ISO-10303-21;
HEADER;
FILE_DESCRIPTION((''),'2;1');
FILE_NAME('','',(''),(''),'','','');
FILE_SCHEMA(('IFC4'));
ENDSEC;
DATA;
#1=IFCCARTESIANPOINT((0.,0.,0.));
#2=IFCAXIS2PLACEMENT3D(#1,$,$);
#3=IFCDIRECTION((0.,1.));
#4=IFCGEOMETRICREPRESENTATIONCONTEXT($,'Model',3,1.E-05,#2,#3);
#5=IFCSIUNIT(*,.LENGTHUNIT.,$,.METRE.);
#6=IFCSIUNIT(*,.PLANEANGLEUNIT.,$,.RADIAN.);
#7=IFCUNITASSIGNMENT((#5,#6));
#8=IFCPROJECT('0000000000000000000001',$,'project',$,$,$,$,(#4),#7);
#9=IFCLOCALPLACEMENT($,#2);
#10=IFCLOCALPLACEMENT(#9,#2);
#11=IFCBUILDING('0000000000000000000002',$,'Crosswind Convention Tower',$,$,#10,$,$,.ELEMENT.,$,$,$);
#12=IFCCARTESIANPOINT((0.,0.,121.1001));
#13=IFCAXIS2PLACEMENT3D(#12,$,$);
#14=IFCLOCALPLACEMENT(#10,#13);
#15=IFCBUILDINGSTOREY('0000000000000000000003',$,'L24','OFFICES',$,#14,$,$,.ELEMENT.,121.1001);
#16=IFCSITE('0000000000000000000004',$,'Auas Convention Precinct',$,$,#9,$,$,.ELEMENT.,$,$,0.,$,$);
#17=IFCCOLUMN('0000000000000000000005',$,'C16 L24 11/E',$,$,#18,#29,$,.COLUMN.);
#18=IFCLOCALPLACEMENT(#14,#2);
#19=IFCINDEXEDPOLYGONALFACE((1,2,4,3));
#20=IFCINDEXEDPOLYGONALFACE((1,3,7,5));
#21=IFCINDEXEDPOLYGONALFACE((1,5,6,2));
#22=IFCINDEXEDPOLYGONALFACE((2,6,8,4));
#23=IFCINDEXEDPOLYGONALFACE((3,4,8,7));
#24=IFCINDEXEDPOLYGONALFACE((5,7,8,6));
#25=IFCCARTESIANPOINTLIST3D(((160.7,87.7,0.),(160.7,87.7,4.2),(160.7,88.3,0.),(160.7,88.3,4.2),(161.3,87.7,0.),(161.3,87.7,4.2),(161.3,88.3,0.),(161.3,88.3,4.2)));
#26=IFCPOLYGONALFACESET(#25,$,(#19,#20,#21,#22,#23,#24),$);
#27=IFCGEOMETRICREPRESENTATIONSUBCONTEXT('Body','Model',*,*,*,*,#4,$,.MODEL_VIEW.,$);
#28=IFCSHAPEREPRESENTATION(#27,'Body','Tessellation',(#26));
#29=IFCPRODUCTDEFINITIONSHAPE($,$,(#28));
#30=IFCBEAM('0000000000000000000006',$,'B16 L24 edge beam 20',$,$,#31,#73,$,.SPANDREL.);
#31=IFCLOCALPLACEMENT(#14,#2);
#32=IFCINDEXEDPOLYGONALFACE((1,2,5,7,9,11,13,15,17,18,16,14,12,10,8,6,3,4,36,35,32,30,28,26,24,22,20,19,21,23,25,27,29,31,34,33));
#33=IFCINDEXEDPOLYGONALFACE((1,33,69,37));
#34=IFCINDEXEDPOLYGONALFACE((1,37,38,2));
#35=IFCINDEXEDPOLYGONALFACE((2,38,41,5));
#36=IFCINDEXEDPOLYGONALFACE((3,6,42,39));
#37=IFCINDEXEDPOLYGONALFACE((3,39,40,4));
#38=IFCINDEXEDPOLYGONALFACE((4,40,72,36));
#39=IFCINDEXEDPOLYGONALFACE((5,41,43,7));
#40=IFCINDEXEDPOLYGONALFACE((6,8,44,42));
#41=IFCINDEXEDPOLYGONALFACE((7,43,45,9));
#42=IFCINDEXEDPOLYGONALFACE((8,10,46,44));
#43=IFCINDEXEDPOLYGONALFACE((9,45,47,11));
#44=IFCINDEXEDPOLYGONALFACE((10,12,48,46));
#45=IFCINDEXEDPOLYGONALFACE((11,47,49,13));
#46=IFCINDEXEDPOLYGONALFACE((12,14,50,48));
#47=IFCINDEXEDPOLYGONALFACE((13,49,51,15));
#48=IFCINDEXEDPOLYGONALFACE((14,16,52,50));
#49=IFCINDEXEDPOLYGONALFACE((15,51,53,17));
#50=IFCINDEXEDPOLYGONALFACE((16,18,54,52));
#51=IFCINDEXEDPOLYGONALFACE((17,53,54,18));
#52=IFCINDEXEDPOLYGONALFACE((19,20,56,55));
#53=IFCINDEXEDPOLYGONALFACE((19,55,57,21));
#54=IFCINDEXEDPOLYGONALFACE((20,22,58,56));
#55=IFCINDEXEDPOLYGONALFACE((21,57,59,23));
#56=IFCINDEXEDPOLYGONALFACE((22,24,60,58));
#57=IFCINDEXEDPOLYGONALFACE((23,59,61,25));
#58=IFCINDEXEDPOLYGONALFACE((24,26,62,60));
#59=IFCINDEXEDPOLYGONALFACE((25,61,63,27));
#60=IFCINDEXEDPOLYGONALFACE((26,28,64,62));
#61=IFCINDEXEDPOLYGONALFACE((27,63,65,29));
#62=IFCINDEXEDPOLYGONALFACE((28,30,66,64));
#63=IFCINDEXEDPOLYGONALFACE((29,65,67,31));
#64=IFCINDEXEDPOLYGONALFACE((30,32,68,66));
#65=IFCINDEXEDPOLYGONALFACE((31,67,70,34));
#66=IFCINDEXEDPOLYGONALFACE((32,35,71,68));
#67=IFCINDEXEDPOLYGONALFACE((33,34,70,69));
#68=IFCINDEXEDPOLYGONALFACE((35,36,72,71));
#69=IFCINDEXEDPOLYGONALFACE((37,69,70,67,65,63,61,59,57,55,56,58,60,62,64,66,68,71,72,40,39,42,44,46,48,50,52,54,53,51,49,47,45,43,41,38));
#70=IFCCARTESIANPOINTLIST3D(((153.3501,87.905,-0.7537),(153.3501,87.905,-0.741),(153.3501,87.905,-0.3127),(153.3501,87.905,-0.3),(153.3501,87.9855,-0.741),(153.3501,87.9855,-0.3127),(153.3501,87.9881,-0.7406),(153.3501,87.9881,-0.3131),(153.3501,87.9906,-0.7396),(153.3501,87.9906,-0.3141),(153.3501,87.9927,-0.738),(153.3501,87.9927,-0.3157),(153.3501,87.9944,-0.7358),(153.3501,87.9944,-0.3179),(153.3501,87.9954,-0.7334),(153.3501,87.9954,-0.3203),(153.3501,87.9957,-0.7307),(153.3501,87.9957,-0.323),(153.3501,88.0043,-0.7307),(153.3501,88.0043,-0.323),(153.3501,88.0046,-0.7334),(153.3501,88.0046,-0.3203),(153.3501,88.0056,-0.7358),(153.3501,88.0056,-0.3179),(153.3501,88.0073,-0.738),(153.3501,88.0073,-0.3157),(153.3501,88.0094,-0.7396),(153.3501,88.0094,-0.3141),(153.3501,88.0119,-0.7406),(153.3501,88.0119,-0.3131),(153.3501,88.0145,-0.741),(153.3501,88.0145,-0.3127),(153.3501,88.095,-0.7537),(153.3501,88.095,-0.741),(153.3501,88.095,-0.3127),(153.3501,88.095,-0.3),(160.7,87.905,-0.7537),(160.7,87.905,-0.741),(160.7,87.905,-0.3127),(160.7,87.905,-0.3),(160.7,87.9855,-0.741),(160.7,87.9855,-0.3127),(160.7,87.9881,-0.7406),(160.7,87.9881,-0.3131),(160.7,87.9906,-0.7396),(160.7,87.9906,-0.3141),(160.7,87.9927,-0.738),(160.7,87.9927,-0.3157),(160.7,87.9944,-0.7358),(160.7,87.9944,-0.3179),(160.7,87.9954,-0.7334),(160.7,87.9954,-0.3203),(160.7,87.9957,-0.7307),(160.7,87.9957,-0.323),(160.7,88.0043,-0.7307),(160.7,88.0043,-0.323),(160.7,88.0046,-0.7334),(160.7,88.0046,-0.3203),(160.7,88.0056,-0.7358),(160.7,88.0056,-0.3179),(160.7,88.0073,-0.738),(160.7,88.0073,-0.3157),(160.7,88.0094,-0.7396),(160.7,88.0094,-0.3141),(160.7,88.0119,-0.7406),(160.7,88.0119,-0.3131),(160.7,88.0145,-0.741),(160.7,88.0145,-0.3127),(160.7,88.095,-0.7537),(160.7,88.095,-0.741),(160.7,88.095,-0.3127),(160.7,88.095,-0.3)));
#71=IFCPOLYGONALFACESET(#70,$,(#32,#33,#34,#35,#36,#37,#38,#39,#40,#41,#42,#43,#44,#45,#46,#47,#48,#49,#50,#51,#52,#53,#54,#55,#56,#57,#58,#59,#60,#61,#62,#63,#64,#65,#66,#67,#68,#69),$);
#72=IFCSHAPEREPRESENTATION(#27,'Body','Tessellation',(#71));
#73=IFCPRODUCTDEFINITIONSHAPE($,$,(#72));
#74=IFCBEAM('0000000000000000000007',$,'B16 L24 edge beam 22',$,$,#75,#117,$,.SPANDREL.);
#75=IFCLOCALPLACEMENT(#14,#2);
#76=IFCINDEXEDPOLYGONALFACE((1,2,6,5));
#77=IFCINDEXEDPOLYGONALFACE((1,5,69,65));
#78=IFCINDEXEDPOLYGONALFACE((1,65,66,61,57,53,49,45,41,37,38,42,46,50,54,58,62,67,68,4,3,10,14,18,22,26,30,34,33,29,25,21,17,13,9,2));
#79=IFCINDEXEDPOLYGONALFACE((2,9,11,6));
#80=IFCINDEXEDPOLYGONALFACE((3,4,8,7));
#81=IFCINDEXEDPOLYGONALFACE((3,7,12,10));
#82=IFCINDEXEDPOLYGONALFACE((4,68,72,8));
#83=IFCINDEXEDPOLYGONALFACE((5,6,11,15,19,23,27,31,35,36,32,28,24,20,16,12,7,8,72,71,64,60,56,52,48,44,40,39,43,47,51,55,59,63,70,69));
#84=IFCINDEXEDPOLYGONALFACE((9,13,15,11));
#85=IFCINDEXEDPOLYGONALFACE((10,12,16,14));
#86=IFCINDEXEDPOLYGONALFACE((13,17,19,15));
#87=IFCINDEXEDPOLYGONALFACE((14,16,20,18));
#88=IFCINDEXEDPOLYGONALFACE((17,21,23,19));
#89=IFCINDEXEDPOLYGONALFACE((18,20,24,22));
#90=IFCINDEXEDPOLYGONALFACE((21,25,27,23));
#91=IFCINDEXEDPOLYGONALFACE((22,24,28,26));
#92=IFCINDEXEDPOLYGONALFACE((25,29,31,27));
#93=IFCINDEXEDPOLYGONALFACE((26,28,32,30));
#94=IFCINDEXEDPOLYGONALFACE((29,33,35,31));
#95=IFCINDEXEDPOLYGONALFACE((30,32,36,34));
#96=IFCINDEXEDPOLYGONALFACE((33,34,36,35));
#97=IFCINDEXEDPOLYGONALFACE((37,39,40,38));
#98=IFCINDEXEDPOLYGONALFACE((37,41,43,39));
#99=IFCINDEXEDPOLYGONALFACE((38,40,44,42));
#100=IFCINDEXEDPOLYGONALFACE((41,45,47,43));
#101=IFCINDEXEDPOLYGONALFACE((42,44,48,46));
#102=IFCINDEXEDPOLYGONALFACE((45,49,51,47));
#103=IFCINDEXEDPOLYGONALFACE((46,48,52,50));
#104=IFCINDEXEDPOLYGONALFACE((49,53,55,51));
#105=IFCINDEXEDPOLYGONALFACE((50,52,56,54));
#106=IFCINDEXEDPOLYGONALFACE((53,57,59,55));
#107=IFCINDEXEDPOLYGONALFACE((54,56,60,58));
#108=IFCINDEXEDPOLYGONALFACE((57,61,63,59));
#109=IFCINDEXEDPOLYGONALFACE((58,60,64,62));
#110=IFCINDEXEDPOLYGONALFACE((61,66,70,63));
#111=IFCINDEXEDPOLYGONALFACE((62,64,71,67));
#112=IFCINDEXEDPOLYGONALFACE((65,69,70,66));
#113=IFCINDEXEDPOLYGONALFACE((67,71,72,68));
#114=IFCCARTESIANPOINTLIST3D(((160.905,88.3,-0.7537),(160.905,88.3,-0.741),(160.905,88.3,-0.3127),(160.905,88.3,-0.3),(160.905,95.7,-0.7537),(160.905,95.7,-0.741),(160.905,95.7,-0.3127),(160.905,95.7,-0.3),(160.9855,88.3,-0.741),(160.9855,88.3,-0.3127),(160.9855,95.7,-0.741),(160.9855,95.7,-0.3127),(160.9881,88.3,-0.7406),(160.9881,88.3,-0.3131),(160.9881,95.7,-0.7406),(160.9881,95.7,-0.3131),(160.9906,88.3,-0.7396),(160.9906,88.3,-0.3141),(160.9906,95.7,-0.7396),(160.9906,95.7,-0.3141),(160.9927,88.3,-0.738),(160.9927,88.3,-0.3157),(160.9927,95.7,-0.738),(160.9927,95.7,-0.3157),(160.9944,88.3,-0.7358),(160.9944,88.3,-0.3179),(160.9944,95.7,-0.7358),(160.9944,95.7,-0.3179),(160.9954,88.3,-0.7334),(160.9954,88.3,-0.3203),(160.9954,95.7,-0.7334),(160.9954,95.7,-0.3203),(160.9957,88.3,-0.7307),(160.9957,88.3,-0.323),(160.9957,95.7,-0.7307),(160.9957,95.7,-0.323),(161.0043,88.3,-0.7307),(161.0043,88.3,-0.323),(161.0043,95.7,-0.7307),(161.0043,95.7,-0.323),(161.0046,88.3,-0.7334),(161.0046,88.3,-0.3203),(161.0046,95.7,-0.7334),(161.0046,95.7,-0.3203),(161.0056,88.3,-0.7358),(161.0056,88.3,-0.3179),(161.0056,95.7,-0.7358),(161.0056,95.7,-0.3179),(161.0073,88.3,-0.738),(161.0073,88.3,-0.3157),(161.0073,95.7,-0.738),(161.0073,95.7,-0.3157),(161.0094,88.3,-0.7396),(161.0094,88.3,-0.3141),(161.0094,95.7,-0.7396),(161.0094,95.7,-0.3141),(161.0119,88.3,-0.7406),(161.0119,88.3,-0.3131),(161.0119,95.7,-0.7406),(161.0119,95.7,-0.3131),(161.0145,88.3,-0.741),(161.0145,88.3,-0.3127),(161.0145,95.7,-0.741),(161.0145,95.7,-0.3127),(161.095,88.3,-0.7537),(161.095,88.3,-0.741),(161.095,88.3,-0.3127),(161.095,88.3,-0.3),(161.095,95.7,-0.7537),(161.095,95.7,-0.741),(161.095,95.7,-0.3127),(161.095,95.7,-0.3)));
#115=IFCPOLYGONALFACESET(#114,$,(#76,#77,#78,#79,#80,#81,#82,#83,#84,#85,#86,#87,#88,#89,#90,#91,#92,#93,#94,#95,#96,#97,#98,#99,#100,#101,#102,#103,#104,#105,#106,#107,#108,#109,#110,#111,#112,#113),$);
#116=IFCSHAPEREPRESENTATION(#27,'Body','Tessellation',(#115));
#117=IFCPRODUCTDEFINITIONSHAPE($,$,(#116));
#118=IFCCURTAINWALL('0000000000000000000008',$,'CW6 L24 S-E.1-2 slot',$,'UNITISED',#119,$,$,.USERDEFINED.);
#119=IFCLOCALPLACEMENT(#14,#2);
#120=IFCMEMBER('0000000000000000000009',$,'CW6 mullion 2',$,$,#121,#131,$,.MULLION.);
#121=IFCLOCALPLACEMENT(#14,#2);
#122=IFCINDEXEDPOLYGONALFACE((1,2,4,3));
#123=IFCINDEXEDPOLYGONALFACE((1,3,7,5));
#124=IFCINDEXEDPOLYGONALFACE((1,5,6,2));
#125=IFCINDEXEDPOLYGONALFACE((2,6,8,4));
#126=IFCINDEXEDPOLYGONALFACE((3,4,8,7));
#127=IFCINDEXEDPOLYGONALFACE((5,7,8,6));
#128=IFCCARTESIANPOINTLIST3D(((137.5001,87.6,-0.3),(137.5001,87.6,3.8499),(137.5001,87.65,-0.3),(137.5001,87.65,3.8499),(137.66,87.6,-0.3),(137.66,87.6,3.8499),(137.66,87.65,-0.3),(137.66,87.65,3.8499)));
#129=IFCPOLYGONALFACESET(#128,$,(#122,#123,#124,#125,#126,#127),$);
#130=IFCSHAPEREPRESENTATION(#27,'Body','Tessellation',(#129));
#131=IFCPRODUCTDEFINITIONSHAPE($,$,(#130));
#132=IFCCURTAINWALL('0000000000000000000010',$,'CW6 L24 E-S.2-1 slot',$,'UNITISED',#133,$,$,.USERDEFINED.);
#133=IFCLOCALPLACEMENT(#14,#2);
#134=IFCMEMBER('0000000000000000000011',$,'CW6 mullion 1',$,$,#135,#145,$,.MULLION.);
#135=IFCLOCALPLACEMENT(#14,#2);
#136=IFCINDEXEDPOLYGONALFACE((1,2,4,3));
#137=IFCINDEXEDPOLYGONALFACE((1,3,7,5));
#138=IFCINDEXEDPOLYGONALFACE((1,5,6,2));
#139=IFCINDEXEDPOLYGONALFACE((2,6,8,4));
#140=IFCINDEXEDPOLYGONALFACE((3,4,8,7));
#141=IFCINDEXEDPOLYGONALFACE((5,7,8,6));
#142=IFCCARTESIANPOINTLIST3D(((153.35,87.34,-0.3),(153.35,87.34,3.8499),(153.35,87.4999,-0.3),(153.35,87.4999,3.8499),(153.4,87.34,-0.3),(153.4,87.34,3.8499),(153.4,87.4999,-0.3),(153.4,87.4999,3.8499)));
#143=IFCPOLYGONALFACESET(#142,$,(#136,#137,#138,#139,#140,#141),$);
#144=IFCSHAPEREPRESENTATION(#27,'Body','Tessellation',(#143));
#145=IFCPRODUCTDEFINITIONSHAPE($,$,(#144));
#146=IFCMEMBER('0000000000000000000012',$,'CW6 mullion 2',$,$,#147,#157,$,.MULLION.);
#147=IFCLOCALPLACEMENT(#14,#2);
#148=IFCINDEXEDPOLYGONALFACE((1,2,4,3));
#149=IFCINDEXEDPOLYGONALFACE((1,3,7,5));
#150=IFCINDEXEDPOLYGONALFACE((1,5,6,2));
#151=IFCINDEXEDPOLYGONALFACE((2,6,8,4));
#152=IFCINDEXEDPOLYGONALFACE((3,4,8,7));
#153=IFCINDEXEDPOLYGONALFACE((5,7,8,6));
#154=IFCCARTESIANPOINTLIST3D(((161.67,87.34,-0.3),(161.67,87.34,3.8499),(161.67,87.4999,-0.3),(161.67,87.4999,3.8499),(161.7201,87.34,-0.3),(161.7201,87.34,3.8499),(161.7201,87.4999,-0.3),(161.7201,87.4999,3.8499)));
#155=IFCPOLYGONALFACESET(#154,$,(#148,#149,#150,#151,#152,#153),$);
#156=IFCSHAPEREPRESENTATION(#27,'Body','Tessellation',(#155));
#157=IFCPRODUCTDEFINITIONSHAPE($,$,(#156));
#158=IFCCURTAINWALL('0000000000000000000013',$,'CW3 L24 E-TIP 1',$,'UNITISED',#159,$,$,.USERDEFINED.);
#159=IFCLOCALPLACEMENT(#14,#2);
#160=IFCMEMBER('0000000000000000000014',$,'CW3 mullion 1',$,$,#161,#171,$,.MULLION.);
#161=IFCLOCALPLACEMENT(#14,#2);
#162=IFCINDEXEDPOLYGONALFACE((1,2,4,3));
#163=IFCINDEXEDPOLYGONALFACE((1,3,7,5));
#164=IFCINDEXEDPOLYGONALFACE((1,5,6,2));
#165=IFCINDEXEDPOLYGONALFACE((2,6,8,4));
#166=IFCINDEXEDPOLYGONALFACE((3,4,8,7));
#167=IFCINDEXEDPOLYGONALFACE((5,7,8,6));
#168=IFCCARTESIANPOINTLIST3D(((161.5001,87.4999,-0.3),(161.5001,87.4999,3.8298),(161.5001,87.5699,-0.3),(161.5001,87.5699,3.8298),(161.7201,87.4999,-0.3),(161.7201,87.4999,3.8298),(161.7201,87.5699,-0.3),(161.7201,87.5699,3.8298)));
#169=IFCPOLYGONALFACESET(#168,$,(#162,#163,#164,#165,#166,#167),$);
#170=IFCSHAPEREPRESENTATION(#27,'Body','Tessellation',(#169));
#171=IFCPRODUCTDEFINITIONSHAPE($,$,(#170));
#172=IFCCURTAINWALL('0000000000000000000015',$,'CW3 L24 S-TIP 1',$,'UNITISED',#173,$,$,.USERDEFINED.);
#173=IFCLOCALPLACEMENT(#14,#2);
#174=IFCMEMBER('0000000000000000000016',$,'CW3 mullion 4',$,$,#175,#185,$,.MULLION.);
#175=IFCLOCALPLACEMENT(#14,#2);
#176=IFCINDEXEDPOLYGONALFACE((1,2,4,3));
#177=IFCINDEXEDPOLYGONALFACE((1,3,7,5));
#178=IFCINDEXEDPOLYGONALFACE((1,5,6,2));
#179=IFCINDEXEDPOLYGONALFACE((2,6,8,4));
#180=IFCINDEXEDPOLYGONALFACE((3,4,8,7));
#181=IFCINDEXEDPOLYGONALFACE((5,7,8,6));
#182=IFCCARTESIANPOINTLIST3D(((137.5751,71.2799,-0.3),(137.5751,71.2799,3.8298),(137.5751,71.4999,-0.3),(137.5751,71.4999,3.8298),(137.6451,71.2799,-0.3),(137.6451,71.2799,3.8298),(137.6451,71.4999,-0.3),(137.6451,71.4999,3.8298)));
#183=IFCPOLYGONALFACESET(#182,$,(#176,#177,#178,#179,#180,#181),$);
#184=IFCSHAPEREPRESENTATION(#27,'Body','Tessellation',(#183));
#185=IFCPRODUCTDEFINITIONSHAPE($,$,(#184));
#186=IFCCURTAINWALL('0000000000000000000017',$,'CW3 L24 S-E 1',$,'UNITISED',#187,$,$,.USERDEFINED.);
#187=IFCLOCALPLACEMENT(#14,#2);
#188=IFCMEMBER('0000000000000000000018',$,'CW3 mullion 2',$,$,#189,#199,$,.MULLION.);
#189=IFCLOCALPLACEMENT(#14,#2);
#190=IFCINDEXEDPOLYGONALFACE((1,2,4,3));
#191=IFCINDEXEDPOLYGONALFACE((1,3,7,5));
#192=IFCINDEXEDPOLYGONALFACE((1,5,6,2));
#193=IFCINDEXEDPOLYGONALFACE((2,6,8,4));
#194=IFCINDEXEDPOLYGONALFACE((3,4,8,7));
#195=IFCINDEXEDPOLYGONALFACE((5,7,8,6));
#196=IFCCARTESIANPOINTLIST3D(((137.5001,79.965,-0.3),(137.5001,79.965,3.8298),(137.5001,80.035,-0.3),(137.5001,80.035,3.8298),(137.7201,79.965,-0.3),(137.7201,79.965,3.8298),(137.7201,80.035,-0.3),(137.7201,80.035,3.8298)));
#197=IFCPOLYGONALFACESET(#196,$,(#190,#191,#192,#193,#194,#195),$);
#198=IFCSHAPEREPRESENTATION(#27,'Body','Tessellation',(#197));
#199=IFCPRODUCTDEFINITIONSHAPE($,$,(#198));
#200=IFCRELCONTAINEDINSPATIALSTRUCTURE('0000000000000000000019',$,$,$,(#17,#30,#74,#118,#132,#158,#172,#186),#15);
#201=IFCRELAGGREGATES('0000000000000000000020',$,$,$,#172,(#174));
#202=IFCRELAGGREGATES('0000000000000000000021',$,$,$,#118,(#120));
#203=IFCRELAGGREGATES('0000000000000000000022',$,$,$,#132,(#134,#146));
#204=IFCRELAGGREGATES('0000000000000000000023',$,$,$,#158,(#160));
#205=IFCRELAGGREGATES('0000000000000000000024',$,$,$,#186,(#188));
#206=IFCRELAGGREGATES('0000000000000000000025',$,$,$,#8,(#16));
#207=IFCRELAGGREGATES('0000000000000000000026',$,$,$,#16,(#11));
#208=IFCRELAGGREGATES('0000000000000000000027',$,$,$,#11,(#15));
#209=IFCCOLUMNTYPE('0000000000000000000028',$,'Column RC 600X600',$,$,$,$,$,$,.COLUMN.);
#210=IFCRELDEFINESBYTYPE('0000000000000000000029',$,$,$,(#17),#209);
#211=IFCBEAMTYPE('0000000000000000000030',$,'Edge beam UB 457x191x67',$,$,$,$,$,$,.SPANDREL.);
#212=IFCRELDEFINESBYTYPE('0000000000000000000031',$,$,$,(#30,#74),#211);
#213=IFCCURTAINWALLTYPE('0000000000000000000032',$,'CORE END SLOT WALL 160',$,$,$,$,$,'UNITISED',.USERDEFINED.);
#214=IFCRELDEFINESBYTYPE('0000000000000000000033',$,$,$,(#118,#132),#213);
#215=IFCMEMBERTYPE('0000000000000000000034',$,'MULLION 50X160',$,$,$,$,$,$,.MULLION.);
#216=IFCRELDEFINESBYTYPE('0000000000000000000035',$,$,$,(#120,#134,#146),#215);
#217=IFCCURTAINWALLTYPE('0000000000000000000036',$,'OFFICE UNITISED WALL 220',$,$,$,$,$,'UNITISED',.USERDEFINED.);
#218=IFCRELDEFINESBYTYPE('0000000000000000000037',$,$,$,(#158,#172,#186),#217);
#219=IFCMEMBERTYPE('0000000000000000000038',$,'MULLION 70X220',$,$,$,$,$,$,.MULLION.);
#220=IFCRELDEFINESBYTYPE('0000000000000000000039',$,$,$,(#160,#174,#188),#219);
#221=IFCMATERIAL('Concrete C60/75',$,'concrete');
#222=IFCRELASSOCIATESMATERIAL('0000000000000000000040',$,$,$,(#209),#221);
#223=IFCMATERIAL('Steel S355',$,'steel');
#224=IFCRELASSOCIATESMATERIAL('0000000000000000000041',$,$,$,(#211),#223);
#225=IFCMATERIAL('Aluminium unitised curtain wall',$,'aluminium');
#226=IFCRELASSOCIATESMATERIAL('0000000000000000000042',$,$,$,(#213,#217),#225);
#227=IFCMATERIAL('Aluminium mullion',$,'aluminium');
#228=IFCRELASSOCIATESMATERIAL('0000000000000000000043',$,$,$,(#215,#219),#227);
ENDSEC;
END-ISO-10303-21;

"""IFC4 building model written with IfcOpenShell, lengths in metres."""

from ifc_helpers import new_model, si_unit, direction, frame, origin, origin_2d, place, context, subcontext, project, spatial, rectangle, i_section, extrude, material, material_profile, profile_set, type_object, element, aggregate, save


model = new_model("IFC4")

# Units and contexts
model_context = context("Model", 3, precision=1e-05, world=origin(), true_north=direction((0.0, 1.0)))
body_context = subcontext(model_context, "Body", "Model", "MODEL_VIEW")
ifc_project = project(units=[si_unit("LENGTHUNIT", "METRE"), si_unit("PLANEANGLEUNIT", "RADIAN")], contexts=[model_context])

# Site, building, storey
site_placement = place(None, origin())
site = spatial("IfcSite", under=ifc_project, at=site_placement, Name="Auas Convention Precinct", CompositionType="ELEMENT", RefElevation=0.0)
building_placement = place(site_placement, origin())
building = spatial("IfcBuilding", under=site, at=building_placement, Name="Crosswind Convention Tower", CompositionType="ELEMENT")
storey_placement = place(building_placement, frame((0.0, 0.0, 121.1001)))
storey = spatial("IfcBuildingStorey", under=building, at=storey_placement, Name="L24", Description="OFFICES", CompositionType="ELEMENT", Elevation=121.1001)

# Column
ifc_material_1 = material(Name="Concrete C60/75", Category="concrete")
ifc_material_profile_1 = material_profile(ifc_material_1, rectangle(XDim=0.6001, YDim=0.6001, at=origin_2d()), Name="RC 600X600")
ifc_profile_set_1 = profile_set([ifc_material_profile_1], Name="Concrete C60/75")
column_type = type_object("IfcColumnType", Name="Column RC 600X600", PredefinedType="COLUMN", material=ifc_profile_set_1)
column_placement = place(storey_placement, frame((161.0, 88.0, 0.0), z_axis=(0.0, 0.0, 1.0), x_axis=(1.0, 0.0, 0.0)))
element("IfcColumn", 1, at=column_placement, inside=storey, type_object=column_type, Name="C16 L24 11/E", PredefinedType="COLUMN", context=body_context, shape_type="SweptSolid", body=[
    extrude(rectangle(XDim=0.6001, YDim=0.6001, at=origin_2d()), origin(), (0.0, 0.0, 1.0), 4.2),
])

# Beams
ifc_material_2 = material(Name="Steel S355", Category="steel")
ifc_material_profile_2 = material_profile(ifc_material_2, i_section(OverallWidth=0.1899, OverallDepth=0.4536, WebThickness=0.0085, FlangeThickness=0.0127, FilletRadius=0.0103, at=origin_2d()), Name="UB 457x191x67")
ifc_profile_set_2 = profile_set([ifc_material_profile_2], Name="Steel S355")
beam_type = type_object("IfcBeamType", Name="Edge beam UB 457x191x67", PredefinedType="SPANDREL", material=ifc_profile_set_2)
beam_1_placement = place(storey_placement, frame((153.3501, 88.0, -0.5269), z_axis=(1.0, 0.0, 0.0), x_axis=(0.0, 1.0, 0.0)))
element("IfcBeam", 2, at=beam_1_placement, inside=storey, type_object=beam_type, Name="B16 L24 edge beam 20", PredefinedType="SPANDREL", context=body_context, shape_type="SweptSolid", body=[
    extrude(i_section(OverallWidth=0.1899, OverallDepth=0.4536, WebThickness=0.0085, FlangeThickness=0.0127, FilletRadius=0.0103, at=origin_2d()), origin(), (0.0, 0.0, 1.0), 7.3499),
])
beam_2_placement = place(storey_placement, frame((161.0, 88.3, -0.5269), z_axis=(0.0, 1.0, 0.0), x_axis=(-1.0, 0.0, 0.0)))
element("IfcBeam", 3, at=beam_2_placement, inside=storey, type_object=beam_type, Name="B16 L24 edge beam 22", PredefinedType="SPANDREL", context=body_context, shape_type="SweptSolid", body=[
    extrude(i_section(OverallWidth=0.1899, OverallDepth=0.4536, WebThickness=0.0085, FlangeThickness=0.0127, FilletRadius=0.0103, at=origin_2d()), origin(), (0.0, 0.0, 1.0), 7.3999),
])

# Curtain wall, member
ifc_material_3 = material(Name="Aluminium unitised curtain wall", Category="aluminium")
curtain_wall_type_1 = type_object("IfcCurtainWallType", Name="CORE END SLOT WALL 160", ElementType="UNITISED", PredefinedType="USERDEFINED", material=ifc_material_3)
curtain_wall_1_placement = place(storey_placement, origin())
curtain_wall_1 = element("IfcCurtainWall", 4, at=curtain_wall_1_placement, inside=storey, type_object=curtain_wall_type_1, Name="CW6 L24 S-E.1-2 slot", ObjectType="UNITISED", PredefinedType="USERDEFINED")
ifc_material_4 = material(Name="Aluminium mullion", Category="aluminium")
ifc_material_profile_3 = material_profile(ifc_material_4, rectangle(XDim=0.1599, YDim=0.05, at=origin_2d()), Name="AL 160X50")
ifc_profile_set_3 = profile_set([ifc_material_profile_3], Name="Aluminium mullion")
member_type_1 = type_object("IfcMemberType", Name="MULLION 50X160", PredefinedType="MULLION", material=ifc_profile_set_3)
member_1_placement = place(storey_placement, frame((137.5801, 87.625, -0.3), z_axis=(0.0, 0.0, 1.0), x_axis=(1.0, 0.0, 0.0)))
member_1 = element("IfcMember", 5, at=member_1_placement, type_object=member_type_1, Name="CW6 mullion 2", PredefinedType="MULLION", context=body_context, shape_type="SweptSolid", body=[
    extrude(rectangle(XDim=0.1599, YDim=0.05, at=origin_2d()), origin(), (0.0, 0.0, 1.0), 4.1499),
])

# Curtain wall, members
curtain_wall_2_placement = place(storey_placement, origin())
curtain_wall_2 = element("IfcCurtainWall", 6, at=curtain_wall_2_placement, inside=storey, type_object=curtain_wall_type_1, Name="CW6 L24 E-S.2-1 slot", ObjectType="UNITISED", PredefinedType="USERDEFINED")
member_2_placement = place(storey_placement, frame((153.375, 87.4199, -0.3), z_axis=(0.0, 0.0, 1.0), x_axis=(0.0, -1.0, 0.0)))
member_2 = element("IfcMember", 7, at=member_2_placement, type_object=member_type_1, Name="CW6 mullion 1", PredefinedType="MULLION", context=body_context, shape_type="SweptSolid", body=[
    extrude(rectangle(XDim=0.1599, YDim=0.05, at=origin_2d()), origin(), (0.0, 0.0, 1.0), 4.1499),
])
member_3_placement = place(storey_placement, frame((161.6951, 87.4199, -0.3), z_axis=(0.0, 0.0, 1.0), x_axis=(0.0, -1.0, 0.0)))
member_3 = element("IfcMember", 8, at=member_3_placement, type_object=member_type_1, Name="CW6 mullion 2", PredefinedType="MULLION", context=body_context, shape_type="SweptSolid", body=[
    extrude(rectangle(XDim=0.1599, YDim=0.05, at=origin_2d()), origin(), (0.0, 0.0, 1.0), 4.1499),
])

# Curtain walls, members
curtain_wall_type_2 = type_object("IfcCurtainWallType", Name="OFFICE UNITISED WALL 220", ElementType="UNITISED", PredefinedType="USERDEFINED", material=ifc_material_3)
curtain_wall_3_placement = place(storey_placement, origin())
curtain_wall_3 = element("IfcCurtainWall", 9, at=curtain_wall_3_placement, inside=storey, type_object=curtain_wall_type_2, Name="CW3 L24 E-TIP 1", ObjectType="UNITISED", PredefinedType="USERDEFINED")
ifc_material_profile_4 = material_profile(ifc_material_4, rectangle(XDim=0.22, YDim=0.0701, at=origin_2d()), Name="AL 220X70")
ifc_profile_set_4 = profile_set([ifc_material_profile_4], Name="Aluminium mullion")
member_type_2 = type_object("IfcMemberType", Name="MULLION 70X220", PredefinedType="MULLION", material=ifc_profile_set_4)
member_4_placement = place(storey_placement, frame((161.6101, 87.5349, -0.3), z_axis=(0.0, 0.0, 1.0), x_axis=(1.0, 0.0, 0.0)))
member_4 = element("IfcMember", 10, at=member_4_placement, type_object=member_type_2, Name="CW3 mullion 1", PredefinedType="MULLION", context=body_context, shape_type="SweptSolid", body=[
    extrude(rectangle(XDim=0.22, YDim=0.0701, at=origin_2d()), origin(), (0.0, 0.0, 1.0), 4.1299),
])
curtain_wall_4_placement = place(storey_placement, origin())
curtain_wall_4 = element("IfcCurtainWall", 11, at=curtain_wall_4_placement, inside=storey, type_object=curtain_wall_type_2, Name="CW3 L24 S-TIP 1", ObjectType="UNITISED", PredefinedType="USERDEFINED")
member_5_placement = place(storey_placement, frame((137.6101, 71.3899, -0.3), z_axis=(0.0, 0.0, 1.0), x_axis=(0.0, -1.0, 0.0)))
member_5 = element("IfcMember", 12, at=member_5_placement, type_object=member_type_2, Name="CW3 mullion 4", PredefinedType="MULLION", context=body_context, shape_type="SweptSolid", body=[
    extrude(rectangle(XDim=0.22, YDim=0.0701, at=origin_2d()), origin(), (0.0, 0.0, 1.0), 4.1299),
])
aggregate(curtain_wall_4, [member_5])
curtain_wall_5_placement = place(storey_placement, origin())
curtain_wall_5 = element("IfcCurtainWall", 13, at=curtain_wall_5_placement, inside=storey, type_object=curtain_wall_type_2, Name="CW3 L24 S-E 1", ObjectType="UNITISED", PredefinedType="USERDEFINED")
member_6_placement = place(storey_placement, frame((137.6101, 80.0, -0.3), z_axis=(0.0, 0.0, 1.0), x_axis=(1.0, 0.0, 0.0)))
member_6 = element("IfcMember", 14, at=member_6_placement, type_object=member_type_2, Name="CW3 mullion 2", PredefinedType="MULLION", context=body_context, shape_type="SweptSolid", body=[
    extrude(rectangle(XDim=0.22, YDim=0.0701, at=origin_2d()), origin(), (0.0, 0.0, 1.0), 4.1299),
])

aggregate(curtain_wall_1, [member_1])
aggregate(curtain_wall_2, [member_2, member_3])

aggregate(curtain_wall_3, [member_4])
aggregate(curtain_wall_5, [member_6])

save(model, "model.ifc")
